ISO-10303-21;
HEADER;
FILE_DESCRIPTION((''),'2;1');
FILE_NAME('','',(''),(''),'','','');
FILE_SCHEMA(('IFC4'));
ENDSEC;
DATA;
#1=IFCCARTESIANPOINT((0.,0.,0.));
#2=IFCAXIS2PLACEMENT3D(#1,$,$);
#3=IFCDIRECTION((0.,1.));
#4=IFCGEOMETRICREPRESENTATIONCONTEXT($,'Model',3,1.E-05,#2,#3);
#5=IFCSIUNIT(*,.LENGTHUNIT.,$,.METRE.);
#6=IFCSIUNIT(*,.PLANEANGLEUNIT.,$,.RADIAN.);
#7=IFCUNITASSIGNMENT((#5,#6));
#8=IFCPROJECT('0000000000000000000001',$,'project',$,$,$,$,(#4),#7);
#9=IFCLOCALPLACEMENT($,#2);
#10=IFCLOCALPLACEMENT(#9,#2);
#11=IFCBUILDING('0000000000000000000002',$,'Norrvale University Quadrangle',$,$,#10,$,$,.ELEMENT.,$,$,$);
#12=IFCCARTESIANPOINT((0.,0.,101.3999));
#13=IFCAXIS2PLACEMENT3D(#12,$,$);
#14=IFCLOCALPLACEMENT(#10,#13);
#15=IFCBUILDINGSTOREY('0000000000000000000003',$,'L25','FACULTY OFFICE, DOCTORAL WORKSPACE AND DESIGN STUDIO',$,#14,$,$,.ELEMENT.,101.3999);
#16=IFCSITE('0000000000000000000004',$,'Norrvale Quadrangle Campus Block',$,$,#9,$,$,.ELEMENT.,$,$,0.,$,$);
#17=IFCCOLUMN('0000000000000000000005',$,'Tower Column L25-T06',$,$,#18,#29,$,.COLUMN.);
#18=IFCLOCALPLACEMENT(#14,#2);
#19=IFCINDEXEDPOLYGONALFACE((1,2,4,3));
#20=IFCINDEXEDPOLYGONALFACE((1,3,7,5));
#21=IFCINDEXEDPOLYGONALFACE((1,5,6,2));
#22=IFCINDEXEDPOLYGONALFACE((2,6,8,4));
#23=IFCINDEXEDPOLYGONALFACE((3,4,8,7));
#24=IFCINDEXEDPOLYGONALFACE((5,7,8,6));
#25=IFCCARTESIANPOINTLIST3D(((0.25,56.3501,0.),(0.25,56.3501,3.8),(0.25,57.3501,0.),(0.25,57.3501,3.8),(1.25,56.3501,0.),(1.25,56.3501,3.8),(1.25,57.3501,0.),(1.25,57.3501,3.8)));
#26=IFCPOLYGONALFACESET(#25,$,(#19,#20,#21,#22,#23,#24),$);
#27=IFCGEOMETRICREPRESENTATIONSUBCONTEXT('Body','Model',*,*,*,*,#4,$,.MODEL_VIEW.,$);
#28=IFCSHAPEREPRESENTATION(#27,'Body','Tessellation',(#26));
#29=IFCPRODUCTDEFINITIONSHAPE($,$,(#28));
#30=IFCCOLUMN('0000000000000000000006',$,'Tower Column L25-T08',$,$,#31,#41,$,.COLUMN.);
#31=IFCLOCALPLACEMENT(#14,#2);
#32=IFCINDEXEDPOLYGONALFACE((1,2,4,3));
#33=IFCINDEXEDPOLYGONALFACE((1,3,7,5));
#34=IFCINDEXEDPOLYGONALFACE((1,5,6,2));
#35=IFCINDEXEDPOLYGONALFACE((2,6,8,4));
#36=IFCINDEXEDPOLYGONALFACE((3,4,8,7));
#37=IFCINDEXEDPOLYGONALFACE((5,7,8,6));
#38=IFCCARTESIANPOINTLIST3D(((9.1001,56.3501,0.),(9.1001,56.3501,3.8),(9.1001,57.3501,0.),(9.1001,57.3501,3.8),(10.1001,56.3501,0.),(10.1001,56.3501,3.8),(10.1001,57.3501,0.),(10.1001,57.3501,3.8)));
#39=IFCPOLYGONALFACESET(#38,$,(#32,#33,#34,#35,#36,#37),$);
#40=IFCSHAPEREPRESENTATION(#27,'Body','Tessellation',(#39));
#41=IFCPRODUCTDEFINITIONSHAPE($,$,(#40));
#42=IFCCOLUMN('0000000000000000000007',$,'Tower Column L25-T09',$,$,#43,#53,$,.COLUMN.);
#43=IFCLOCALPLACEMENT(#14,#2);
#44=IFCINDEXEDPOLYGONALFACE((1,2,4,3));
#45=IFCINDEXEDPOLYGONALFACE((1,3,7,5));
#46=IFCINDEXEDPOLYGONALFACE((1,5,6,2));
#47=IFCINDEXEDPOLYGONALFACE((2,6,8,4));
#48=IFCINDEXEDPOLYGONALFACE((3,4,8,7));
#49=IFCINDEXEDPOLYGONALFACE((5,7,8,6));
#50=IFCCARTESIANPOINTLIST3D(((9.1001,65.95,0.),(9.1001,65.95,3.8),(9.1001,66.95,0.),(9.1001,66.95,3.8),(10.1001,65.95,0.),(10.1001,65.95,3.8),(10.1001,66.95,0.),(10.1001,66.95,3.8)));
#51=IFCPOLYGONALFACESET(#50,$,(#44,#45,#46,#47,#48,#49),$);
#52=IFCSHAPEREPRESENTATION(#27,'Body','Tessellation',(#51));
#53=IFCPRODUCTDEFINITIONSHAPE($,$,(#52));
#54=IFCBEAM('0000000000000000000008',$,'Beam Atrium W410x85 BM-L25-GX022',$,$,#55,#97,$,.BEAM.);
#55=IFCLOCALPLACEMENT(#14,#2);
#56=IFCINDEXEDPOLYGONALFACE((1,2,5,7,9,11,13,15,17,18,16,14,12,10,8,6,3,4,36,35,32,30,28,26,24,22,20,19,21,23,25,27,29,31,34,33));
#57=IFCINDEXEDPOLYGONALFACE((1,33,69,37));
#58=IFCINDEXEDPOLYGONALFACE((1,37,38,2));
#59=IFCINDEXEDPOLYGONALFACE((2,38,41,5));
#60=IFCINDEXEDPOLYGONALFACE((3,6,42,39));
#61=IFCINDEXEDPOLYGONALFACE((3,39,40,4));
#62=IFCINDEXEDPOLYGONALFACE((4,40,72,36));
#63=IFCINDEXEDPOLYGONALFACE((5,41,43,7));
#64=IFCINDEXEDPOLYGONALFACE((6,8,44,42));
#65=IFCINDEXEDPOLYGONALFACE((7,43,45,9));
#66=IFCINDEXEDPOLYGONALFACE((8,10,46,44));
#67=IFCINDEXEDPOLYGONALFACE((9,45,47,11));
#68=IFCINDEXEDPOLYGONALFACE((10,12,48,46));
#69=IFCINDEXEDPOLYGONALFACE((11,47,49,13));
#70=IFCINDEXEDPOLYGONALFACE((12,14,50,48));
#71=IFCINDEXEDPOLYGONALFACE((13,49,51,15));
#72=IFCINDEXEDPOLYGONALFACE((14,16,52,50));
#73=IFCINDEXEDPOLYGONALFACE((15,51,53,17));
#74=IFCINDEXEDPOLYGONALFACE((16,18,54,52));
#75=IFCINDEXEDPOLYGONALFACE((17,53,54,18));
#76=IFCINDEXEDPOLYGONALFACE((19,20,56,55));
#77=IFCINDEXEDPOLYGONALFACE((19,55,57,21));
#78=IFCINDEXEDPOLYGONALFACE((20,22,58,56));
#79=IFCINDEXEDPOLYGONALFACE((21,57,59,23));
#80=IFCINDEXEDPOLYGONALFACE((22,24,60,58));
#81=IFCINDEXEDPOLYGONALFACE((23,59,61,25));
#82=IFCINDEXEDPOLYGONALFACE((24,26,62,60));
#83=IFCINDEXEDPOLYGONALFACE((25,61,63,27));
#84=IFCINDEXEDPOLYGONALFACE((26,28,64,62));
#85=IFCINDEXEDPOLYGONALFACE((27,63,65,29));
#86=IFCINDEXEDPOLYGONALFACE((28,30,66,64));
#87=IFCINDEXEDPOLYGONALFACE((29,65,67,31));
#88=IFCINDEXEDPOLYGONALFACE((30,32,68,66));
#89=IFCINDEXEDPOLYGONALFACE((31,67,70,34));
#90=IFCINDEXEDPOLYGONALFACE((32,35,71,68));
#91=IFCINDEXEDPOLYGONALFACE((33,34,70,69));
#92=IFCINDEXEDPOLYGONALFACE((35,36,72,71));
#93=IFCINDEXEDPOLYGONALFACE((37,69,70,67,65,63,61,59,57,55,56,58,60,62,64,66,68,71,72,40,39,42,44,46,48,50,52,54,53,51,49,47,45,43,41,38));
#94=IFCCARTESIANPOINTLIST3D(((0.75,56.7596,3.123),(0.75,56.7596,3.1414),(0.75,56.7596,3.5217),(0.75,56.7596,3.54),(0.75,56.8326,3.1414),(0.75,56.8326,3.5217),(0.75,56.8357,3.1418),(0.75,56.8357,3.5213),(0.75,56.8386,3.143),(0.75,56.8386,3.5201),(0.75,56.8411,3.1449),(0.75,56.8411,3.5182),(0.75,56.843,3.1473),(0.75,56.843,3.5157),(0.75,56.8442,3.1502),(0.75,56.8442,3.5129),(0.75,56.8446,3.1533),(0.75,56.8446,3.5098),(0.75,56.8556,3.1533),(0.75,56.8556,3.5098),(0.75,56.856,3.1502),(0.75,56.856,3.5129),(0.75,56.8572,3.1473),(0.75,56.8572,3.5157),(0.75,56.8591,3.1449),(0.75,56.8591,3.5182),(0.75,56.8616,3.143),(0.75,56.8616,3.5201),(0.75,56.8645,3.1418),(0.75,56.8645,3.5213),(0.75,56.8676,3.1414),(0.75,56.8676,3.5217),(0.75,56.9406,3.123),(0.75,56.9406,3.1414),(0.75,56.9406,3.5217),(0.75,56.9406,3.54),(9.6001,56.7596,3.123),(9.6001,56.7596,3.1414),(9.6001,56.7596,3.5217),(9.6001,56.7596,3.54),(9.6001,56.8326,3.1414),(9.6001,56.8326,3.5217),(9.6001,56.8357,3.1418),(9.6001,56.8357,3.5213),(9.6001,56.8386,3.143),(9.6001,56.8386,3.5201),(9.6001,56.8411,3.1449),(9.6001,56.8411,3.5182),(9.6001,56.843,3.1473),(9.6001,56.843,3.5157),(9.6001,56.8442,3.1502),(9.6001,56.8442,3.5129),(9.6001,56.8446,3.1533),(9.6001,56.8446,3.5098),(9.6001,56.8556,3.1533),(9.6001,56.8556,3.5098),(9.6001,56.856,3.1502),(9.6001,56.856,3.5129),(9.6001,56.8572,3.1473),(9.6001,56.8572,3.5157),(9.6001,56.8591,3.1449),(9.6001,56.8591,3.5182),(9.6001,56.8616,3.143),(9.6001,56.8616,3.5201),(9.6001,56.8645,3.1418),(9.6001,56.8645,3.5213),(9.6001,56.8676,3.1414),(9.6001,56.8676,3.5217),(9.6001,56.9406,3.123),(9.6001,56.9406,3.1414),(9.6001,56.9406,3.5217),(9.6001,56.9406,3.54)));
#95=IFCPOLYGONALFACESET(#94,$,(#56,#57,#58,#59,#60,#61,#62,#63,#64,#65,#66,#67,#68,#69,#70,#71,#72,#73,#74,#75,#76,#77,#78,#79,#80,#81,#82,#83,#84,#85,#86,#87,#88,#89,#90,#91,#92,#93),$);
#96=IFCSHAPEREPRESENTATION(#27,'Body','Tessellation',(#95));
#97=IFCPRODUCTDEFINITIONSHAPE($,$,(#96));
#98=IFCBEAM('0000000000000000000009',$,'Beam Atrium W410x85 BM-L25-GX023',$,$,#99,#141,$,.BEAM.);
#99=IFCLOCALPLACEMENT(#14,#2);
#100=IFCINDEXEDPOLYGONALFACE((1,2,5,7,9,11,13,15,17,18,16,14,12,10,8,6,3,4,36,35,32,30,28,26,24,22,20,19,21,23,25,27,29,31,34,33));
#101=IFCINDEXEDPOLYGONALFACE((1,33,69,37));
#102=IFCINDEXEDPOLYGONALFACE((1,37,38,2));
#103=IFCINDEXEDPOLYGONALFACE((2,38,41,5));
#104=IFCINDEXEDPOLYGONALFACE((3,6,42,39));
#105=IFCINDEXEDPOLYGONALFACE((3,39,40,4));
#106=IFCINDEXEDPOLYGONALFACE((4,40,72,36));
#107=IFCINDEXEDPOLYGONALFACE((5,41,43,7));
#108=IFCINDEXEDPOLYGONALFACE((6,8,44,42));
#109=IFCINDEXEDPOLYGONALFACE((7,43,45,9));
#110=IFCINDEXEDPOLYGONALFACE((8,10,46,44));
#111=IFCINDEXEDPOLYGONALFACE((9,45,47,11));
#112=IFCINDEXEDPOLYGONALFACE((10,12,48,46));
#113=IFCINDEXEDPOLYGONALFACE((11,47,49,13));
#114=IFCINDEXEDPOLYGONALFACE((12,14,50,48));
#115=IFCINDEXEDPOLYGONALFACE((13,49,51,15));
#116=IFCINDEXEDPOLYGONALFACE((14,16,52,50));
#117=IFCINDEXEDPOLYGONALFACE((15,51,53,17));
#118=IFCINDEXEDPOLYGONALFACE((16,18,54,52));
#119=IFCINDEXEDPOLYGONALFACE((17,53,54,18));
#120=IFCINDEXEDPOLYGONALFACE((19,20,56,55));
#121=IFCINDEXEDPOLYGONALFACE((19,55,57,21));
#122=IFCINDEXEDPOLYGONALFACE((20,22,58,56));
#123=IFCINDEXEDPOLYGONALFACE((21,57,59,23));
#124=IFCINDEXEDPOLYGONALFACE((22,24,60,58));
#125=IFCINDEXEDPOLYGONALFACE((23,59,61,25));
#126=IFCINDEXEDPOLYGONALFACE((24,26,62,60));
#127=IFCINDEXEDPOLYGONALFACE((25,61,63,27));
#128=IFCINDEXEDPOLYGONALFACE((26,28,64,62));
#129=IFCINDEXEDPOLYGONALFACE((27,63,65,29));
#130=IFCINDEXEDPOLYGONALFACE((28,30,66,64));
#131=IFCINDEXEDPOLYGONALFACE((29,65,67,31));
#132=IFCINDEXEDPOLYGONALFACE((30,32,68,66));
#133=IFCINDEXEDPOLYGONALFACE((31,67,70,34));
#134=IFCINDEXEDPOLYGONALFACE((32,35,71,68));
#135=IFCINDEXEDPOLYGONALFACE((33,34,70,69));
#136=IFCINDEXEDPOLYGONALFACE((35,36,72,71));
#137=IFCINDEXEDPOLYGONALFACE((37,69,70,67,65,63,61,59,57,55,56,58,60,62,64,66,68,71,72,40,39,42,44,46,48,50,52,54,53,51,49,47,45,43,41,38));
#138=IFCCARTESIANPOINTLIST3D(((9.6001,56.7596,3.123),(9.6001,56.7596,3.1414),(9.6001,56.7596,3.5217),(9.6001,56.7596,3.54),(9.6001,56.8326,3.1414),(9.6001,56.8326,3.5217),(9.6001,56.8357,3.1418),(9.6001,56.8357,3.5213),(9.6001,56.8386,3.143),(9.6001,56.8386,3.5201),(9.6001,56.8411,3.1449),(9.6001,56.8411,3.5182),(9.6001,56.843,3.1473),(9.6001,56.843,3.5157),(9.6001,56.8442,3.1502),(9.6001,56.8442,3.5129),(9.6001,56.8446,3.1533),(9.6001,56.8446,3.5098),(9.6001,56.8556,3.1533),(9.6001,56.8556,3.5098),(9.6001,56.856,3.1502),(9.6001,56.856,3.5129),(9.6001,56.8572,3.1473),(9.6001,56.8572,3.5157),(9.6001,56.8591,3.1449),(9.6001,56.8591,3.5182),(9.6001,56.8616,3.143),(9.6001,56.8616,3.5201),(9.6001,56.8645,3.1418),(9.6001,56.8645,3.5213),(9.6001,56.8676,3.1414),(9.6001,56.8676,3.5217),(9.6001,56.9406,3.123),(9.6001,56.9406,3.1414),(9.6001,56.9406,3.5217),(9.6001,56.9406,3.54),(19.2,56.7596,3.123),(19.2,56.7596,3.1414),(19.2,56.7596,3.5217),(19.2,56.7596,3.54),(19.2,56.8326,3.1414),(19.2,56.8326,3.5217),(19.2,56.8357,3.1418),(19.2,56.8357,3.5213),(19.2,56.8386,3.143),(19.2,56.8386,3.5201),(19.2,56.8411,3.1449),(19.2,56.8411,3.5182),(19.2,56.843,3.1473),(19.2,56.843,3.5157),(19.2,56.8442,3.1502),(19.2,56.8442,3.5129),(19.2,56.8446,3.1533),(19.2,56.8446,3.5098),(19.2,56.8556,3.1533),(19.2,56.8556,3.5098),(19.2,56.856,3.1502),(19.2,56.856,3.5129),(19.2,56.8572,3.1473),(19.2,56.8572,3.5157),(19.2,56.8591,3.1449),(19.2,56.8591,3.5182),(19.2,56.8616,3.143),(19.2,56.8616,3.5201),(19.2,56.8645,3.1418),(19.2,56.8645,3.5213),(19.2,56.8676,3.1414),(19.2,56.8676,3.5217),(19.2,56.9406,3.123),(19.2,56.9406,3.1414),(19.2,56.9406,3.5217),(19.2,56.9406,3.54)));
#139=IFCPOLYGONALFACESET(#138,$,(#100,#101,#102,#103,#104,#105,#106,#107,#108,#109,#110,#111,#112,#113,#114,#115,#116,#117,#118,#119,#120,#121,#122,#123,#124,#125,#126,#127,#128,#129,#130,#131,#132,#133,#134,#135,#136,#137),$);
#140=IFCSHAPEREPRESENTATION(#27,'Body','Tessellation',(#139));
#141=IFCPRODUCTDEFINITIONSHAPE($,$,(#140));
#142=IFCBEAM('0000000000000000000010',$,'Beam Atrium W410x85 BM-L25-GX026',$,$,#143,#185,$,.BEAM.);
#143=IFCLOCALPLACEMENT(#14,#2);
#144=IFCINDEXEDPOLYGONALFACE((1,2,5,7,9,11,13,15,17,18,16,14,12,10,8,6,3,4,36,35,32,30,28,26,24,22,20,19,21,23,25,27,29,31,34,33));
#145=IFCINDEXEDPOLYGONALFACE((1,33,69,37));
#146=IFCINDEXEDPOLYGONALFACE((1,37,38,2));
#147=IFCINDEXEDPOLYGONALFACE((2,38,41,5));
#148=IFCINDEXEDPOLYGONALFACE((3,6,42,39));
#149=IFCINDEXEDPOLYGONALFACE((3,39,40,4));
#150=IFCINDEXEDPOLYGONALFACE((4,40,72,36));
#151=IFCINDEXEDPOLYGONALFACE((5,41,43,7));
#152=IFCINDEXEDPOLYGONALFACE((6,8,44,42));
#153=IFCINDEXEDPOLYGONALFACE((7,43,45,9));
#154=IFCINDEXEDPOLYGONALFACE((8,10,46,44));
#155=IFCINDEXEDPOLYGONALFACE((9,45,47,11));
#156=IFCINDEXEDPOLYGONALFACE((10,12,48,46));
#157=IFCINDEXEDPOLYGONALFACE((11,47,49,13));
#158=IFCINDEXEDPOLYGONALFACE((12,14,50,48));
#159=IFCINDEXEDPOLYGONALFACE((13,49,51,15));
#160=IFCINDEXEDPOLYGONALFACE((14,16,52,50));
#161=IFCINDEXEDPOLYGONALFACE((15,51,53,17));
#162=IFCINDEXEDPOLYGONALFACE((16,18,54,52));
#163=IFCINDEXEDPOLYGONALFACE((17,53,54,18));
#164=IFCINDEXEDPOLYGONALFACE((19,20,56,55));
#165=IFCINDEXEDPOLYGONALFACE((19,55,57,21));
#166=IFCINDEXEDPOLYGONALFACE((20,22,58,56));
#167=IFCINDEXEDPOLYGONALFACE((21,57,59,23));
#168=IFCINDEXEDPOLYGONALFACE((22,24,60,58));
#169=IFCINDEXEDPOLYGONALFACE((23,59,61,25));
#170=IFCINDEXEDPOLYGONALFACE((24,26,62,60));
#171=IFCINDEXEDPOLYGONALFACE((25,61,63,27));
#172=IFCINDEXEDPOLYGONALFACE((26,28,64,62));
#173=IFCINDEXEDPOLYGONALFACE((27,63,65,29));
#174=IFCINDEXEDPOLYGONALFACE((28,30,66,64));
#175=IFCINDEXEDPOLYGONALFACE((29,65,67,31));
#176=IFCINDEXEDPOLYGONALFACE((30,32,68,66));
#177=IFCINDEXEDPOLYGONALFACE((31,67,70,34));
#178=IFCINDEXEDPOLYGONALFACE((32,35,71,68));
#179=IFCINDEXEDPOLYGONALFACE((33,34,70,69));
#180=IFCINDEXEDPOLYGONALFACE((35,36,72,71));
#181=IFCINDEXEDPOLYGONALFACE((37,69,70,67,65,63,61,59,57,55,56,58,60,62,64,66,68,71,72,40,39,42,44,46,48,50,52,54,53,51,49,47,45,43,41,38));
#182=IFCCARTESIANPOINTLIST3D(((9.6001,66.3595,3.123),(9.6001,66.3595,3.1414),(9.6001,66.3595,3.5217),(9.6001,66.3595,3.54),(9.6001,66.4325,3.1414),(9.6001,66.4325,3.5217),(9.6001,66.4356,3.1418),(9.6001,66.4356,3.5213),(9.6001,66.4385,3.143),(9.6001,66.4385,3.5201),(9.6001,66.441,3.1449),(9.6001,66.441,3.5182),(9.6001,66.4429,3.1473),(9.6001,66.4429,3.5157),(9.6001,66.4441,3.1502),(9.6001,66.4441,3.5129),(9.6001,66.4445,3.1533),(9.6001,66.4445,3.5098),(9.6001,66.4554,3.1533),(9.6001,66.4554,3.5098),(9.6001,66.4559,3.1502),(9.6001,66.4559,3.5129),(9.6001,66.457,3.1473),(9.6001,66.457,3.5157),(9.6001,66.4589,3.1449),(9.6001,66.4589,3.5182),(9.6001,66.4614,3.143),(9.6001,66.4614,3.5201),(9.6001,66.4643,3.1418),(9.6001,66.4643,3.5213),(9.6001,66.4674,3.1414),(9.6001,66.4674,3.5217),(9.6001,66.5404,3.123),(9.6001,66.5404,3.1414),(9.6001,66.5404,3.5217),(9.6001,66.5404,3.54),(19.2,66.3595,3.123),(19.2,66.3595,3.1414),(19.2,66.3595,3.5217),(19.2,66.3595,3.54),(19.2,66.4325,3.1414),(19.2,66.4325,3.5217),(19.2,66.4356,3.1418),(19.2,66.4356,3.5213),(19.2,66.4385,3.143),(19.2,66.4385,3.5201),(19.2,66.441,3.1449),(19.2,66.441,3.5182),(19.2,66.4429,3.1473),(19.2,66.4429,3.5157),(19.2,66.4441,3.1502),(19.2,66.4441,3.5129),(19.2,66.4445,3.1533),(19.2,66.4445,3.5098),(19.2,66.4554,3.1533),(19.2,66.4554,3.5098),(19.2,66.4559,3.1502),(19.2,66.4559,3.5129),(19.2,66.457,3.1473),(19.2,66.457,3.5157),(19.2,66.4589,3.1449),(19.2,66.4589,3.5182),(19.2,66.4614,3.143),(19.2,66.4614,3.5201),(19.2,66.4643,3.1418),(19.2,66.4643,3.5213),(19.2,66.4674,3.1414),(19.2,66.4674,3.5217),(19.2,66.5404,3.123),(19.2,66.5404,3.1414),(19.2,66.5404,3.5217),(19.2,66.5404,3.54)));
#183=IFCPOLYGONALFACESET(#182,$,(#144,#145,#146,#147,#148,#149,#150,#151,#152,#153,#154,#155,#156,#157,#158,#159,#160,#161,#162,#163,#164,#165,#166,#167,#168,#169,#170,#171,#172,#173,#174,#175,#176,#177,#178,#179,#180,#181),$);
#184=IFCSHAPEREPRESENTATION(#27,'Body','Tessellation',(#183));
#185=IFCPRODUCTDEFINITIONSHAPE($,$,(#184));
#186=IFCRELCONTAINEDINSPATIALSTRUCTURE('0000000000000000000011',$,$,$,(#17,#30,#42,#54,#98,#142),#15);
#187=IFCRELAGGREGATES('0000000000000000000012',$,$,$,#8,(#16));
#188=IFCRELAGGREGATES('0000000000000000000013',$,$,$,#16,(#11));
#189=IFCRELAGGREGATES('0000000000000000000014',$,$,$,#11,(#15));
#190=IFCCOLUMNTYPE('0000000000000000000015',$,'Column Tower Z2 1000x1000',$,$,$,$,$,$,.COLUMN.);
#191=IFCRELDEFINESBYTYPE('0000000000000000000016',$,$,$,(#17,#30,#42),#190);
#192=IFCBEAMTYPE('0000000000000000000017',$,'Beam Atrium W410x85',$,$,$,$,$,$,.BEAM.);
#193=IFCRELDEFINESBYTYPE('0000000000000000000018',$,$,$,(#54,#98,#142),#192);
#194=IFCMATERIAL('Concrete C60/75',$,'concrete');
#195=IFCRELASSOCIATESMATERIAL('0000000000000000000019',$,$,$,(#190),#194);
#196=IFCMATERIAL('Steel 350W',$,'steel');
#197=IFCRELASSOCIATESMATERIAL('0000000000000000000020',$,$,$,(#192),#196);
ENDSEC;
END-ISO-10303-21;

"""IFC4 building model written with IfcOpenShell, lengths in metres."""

from ifc_helpers import new_model, si_unit, direction, frame, origin, origin_2d, place, context, subcontext, project, spatial, rectangle, i_section, extrude, material, material_profile, profile_set, type_object, element, save


model = new_model("IFC4")

# Units and contexts
model_context = context("Model", 3, precision=1e-05, world=origin(), true_north=direction((0.0, 1.0)))
body_context = subcontext(model_context, "Body", "Model", "MODEL_VIEW")
ifc_project = project(units=[si_unit("LENGTHUNIT", "METRE"), si_unit("PLANEANGLEUNIT", "RADIAN")], contexts=[model_context])

# Site, building, storey
site_placement = place(None, origin())
site = spatial("IfcSite", under=ifc_project, at=site_placement, Name="Norrvale Quadrangle Campus Block", CompositionType="ELEMENT", RefElevation=0.0)
building_placement = place(site_placement, origin())
building = spatial("IfcBuilding", under=site, at=building_placement, Name="Norrvale University Quadrangle", CompositionType="ELEMENT")
storey_placement = place(building_placement, frame((0.0, 0.0, 101.3999)))
storey = spatial("IfcBuildingStorey", under=building, at=storey_placement, Name="L25", Description="FACULTY OFFICE, DOCTORAL WORKSPACE AND DESIGN STUDIO", CompositionType="ELEMENT", Elevation=101.3999)

# Columns
ifc_material_1 = material(Name="Concrete C60/75", Category="concrete")
ifc_material_profile_1 = material_profile(ifc_material_1, rectangle(XDim=1.0, YDim=1.0, at=origin_2d()), Name="Concrete C60/75")
ifc_profile_set_1 = profile_set([ifc_material_profile_1], Name="Concrete C60/75")
column_type = type_object("IfcColumnType", Name="Column Tower Z2 1000x1000", PredefinedType="COLUMN", material=ifc_profile_set_1)
for number, where, z_axis, x_axis, name in (
    (1, (0.75, 56.8501, 0.0), (0.0, 0.0, 1.0), (1.0, 0.0, 0.0), "Tower Column L25-T06"),
    (2, (9.6001, 56.8501, 0.0), (0.0, 0.0, 1.0), (1.0, 0.0, 0.0), "Tower Column L25-T08"),
    (3, (9.6001, 66.45, 0.0), (0.0, 0.0, 1.0), (1.0, 0.0, 0.0), "Tower Column L25-T09"),
):
    element("IfcColumn", number, at=place(storey_placement, frame(where, z_axis=z_axis, x_axis=x_axis)), inside=storey, type_object=column_type, Name=name, PredefinedType="COLUMN", context=body_context, shape_type="SweptSolid", body=[
        extrude(rectangle(XDim=1.0, YDim=1.0, at=origin_2d()), origin(), (0.0, 0.0, 1.0), 3.8),
    ])

# Beams
ifc_material_2 = material(Name="Steel 350W", Category="steel")
ifc_material_profile_2 = material_profile(ifc_material_2, i_section(OverallWidth=0.1809, OverallDepth=0.417, WebThickness=0.011, FlangeThickness=0.0183, FilletRadius=0.012, at=origin_2d()), Name="Steel 350W")
ifc_profile_set_2 = profile_set([ifc_material_profile_2], Name="Steel 350W")
beam_type_1 = type_object("IfcBeamType", Name="Beam Atrium W410x85", PredefinedType="BEAM", material=ifc_profile_set_2)
beam_1_placement = place(storey_placement, frame((0.75, 56.8501, 3.3315), z_axis=(1.0, 0.0, 0.0), x_axis=(0.0, 1.0, 0.0)))
element("IfcBeam", 4, at=beam_1_placement, inside=storey, type_object=beam_type_1, Name="Beam Atrium W410x85 BM-L25-GX022", PredefinedType="BEAM", context=body_context, shape_type="SweptSolid", body=[
    extrude(i_section(OverallWidth=0.1809, OverallDepth=0.417, WebThickness=0.011, FlangeThickness=0.0183, FilletRadius=0.012, at=origin_2d()), origin(), (0.0, 0.0, 1.0), 8.8501),
])
for number, where, z_axis, x_axis, name in (
    (5, (9.6001, 56.8501, 3.3315), (1.0, 0.0, 0.0), (0.0, 1.0, 0.0), "Beam Atrium W410x85 BM-L25-GX023"),
    (6, (9.6001, 66.45, 3.3315), (1.0, 0.0, 0.0), (0.0, 1.0, 0.0), "Beam Atrium W410x85 BM-L25-GX026"),
):
    element("IfcBeam", number, at=place(storey_placement, frame(where, z_axis=z_axis, x_axis=x_axis)), inside=storey, type_object=beam_type_1, Name=name, PredefinedType="BEAM", context=body_context, shape_type="SweptSolid", body=[
        extrude(i_section(OverallWidth=0.1809, OverallDepth=0.417, WebThickness=0.011, FlangeThickness=0.0183, FilletRadius=0.012, at=origin_2d()), origin(), (0.0, 0.0, 1.0), 9.5999),
    ])

save(model, "model.ifc")
